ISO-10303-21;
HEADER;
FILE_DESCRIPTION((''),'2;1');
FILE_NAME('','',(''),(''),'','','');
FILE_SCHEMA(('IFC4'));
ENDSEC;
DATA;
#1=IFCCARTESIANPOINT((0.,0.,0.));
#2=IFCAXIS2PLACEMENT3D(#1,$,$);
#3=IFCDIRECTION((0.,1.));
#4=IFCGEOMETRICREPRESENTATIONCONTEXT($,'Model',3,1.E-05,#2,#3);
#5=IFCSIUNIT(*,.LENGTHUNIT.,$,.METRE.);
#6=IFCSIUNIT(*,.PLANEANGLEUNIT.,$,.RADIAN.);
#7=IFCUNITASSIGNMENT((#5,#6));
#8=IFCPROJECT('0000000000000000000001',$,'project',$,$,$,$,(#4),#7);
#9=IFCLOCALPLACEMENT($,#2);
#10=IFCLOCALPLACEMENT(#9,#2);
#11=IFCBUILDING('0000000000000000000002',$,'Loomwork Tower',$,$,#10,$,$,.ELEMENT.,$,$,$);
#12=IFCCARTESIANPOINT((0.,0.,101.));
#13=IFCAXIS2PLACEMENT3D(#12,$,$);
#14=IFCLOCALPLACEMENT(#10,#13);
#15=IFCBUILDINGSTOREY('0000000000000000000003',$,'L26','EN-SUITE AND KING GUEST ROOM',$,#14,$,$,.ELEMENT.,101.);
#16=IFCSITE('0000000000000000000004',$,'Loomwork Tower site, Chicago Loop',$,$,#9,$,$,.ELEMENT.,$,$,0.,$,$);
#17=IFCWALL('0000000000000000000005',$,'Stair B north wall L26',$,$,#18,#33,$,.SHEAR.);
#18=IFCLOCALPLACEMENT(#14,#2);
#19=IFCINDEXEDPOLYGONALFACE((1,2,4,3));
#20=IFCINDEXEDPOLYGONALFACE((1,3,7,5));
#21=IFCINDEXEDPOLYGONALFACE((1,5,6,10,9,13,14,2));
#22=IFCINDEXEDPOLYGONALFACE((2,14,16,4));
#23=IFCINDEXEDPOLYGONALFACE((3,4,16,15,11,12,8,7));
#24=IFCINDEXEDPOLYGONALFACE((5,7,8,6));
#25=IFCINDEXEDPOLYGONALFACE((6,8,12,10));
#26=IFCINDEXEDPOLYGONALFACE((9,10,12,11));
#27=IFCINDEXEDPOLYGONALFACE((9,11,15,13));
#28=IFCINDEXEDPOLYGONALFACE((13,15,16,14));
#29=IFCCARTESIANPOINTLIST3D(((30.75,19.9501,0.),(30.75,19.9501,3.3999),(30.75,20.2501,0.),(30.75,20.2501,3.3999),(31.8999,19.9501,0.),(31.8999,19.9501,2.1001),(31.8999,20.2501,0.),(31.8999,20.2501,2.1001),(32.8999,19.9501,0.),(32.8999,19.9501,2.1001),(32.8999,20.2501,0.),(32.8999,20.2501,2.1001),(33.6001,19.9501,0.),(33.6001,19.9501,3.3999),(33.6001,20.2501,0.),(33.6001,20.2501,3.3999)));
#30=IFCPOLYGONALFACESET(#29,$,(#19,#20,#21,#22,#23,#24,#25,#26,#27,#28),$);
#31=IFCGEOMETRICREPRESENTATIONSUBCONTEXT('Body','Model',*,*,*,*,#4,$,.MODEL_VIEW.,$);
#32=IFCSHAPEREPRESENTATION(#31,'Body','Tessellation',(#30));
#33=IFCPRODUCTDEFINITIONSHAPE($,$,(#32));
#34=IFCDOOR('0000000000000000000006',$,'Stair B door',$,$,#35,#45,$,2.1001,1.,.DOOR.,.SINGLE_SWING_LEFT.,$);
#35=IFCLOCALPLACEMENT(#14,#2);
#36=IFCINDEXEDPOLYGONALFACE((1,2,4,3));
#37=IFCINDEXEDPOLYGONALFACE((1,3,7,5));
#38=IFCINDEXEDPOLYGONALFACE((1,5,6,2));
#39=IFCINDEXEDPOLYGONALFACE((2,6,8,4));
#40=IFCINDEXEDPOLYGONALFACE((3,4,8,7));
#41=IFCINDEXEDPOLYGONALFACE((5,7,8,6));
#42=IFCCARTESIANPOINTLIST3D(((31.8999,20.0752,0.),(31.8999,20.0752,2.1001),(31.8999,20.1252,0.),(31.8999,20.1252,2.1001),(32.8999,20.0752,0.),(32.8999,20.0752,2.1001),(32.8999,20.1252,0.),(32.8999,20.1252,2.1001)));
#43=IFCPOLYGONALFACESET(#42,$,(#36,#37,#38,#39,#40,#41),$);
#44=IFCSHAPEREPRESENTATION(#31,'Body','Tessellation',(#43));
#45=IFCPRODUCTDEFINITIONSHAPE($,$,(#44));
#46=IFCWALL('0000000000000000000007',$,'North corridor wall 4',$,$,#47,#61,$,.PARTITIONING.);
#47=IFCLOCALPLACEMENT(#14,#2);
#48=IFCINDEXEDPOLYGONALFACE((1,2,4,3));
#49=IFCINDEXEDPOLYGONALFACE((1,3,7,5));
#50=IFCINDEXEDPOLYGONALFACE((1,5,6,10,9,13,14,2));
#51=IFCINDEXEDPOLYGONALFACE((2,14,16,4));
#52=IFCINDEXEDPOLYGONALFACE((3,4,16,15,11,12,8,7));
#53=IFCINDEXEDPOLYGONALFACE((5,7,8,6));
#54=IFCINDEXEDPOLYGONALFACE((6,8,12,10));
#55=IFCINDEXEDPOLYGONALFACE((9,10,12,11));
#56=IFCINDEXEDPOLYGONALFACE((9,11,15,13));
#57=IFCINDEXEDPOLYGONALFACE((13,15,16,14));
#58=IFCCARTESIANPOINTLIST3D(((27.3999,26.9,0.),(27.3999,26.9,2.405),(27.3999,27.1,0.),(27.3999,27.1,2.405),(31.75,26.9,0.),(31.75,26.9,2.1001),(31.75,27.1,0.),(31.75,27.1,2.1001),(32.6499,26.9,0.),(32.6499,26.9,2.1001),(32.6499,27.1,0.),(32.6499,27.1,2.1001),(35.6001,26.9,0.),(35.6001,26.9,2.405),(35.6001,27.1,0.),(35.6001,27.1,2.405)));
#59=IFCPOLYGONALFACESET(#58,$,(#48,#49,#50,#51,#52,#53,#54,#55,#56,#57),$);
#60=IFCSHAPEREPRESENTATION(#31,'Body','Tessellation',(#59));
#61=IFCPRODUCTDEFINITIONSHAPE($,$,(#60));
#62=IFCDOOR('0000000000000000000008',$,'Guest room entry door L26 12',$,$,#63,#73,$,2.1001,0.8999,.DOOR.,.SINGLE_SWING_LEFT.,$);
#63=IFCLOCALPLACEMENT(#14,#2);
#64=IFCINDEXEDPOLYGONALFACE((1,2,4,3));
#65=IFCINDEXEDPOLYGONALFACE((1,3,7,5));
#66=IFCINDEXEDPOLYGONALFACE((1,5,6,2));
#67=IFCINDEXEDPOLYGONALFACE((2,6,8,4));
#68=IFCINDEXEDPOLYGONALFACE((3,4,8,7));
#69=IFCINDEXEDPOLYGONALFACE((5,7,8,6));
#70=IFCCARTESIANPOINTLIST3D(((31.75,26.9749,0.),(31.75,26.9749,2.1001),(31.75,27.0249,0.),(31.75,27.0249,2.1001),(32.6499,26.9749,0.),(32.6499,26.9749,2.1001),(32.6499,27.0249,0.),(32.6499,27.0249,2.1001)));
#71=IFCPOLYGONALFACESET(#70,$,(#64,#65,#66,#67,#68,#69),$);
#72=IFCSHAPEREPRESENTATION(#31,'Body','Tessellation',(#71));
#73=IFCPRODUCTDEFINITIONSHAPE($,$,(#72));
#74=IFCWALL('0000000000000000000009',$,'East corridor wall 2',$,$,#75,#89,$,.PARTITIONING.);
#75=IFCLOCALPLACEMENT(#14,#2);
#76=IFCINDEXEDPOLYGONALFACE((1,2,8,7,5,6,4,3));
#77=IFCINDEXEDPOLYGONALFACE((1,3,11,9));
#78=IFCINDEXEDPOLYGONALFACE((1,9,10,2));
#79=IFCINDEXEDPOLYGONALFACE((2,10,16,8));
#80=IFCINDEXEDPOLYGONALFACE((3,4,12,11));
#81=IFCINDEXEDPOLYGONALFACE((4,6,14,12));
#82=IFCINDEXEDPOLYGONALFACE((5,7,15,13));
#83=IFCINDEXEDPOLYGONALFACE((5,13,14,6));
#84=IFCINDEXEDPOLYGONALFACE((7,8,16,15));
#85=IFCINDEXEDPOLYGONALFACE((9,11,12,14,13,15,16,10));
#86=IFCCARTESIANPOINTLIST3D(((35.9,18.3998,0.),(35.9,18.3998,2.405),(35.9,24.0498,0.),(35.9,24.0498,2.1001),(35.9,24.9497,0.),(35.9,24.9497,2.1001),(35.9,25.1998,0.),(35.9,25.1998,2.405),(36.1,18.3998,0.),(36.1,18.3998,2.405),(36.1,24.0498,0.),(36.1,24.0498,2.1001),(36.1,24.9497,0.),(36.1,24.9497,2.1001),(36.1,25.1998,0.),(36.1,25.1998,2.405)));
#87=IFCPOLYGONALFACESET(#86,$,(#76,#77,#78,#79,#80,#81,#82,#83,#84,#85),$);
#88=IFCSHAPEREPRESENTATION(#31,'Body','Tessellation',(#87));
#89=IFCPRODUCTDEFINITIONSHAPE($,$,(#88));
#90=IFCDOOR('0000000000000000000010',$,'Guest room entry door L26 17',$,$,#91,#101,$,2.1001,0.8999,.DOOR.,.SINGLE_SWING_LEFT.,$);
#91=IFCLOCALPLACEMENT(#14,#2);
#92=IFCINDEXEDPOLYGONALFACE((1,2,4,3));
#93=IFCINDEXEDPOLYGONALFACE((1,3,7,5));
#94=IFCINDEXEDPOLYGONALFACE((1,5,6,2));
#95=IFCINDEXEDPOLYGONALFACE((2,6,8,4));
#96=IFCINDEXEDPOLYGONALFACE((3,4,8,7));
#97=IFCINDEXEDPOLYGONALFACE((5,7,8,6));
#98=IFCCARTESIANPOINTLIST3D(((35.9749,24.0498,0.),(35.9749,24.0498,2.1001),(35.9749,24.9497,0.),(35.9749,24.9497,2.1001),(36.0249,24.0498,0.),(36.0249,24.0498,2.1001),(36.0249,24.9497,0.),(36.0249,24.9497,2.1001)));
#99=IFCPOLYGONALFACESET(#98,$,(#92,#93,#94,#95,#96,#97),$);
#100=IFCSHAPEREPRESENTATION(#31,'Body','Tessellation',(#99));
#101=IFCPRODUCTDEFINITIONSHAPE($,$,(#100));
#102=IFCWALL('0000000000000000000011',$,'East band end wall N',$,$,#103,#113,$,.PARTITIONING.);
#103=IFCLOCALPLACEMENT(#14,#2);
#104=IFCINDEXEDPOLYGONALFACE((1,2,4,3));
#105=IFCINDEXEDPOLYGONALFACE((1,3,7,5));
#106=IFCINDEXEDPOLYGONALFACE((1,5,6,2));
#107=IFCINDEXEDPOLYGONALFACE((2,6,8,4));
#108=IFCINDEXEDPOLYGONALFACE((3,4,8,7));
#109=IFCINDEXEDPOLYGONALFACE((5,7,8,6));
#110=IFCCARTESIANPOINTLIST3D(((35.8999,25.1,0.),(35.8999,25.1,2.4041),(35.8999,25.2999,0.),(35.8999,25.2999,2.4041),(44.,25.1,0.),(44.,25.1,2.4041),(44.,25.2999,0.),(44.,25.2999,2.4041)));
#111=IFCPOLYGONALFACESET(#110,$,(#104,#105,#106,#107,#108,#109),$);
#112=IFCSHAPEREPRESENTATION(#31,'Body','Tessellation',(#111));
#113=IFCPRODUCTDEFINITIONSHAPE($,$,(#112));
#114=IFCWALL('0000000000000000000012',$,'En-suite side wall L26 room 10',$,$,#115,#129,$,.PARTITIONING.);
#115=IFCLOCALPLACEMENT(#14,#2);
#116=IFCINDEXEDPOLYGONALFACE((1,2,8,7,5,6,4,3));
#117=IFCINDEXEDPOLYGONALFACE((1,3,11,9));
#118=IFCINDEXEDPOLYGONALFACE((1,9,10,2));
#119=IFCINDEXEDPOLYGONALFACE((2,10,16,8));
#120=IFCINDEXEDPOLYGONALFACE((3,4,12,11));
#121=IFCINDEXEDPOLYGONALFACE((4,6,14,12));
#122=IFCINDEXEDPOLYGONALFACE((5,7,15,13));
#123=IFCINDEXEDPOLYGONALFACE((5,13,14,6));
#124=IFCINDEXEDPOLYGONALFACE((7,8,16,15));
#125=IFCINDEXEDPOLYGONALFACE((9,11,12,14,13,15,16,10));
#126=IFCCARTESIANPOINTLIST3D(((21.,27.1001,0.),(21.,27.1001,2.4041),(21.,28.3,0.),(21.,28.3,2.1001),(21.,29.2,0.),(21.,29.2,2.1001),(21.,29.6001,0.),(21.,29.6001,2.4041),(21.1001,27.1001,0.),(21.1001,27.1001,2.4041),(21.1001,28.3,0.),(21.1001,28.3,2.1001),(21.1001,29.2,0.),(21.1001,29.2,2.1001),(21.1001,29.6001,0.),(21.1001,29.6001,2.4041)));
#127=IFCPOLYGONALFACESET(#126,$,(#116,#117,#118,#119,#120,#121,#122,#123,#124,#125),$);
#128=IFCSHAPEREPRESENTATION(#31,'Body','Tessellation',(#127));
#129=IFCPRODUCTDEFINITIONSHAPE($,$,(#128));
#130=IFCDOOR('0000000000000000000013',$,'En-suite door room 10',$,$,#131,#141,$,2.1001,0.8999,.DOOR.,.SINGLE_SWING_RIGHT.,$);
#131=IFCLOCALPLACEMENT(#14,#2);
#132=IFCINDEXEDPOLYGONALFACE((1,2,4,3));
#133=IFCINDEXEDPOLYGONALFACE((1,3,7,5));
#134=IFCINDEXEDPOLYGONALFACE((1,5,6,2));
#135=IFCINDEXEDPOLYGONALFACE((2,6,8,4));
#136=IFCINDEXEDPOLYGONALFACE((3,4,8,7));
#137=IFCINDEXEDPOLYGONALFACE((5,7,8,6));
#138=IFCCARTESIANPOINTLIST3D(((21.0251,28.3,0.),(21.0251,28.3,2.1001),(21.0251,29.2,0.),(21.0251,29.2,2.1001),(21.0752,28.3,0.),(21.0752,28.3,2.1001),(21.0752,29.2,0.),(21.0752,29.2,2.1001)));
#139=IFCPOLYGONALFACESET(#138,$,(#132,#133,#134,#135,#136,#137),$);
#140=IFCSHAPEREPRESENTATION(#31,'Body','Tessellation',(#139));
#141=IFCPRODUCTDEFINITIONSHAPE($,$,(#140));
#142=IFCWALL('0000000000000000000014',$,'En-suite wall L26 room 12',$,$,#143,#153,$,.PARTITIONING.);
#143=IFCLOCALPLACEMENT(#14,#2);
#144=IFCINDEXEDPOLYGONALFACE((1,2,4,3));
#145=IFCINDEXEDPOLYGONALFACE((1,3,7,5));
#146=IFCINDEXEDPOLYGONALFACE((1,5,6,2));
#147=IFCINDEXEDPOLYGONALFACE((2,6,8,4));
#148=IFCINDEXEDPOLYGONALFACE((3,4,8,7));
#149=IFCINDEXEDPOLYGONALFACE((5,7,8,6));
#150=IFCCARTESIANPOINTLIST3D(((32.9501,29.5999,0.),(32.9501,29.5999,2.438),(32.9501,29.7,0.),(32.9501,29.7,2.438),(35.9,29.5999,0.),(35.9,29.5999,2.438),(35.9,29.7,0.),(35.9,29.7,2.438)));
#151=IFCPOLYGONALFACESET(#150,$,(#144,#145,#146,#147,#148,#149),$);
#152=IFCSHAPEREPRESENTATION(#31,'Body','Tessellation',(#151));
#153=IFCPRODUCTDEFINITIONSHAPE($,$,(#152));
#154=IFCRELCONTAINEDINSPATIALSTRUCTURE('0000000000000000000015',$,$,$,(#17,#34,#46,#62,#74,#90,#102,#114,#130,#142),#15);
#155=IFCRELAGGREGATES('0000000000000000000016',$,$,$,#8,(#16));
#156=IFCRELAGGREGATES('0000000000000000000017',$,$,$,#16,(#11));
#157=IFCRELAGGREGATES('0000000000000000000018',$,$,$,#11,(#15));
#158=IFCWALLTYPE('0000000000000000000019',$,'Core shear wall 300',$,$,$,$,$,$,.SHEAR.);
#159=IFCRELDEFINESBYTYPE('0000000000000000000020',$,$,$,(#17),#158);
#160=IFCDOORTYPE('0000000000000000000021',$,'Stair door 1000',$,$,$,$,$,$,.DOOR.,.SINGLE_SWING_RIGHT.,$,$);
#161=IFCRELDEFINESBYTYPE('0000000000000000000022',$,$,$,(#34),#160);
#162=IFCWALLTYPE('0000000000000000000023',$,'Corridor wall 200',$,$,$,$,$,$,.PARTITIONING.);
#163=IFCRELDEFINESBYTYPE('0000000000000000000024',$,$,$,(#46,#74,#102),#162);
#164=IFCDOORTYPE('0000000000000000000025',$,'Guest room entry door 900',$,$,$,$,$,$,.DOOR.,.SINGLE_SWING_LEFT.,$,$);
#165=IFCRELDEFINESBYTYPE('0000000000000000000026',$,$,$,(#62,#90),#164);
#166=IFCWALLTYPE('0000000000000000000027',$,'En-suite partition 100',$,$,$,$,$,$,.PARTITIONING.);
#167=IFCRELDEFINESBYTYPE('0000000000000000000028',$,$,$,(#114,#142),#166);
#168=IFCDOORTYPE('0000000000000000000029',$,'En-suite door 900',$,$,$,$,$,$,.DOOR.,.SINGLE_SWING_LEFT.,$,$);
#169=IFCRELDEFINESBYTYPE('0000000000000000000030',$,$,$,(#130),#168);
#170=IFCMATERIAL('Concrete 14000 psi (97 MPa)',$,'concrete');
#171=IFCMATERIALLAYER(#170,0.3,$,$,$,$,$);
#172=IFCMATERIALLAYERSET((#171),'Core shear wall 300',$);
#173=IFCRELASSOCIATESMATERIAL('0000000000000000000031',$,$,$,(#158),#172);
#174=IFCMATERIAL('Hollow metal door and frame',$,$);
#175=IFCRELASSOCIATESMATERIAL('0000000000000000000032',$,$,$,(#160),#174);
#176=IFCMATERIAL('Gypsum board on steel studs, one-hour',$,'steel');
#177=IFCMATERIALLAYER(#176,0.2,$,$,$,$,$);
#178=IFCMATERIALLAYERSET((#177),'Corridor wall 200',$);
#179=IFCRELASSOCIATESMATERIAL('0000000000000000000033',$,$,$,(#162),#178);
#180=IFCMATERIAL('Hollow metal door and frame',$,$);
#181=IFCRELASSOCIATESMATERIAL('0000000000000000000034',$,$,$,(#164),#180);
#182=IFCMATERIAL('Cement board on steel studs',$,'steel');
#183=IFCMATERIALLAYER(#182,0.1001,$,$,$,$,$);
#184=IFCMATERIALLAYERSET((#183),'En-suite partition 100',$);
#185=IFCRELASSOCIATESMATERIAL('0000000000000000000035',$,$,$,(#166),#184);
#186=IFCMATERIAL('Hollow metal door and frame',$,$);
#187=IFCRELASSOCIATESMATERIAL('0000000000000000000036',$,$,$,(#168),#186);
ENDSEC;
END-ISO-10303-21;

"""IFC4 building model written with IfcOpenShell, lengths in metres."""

from ifc_helpers import new_model, si_unit, direction, frame, frame_2d, origin, place, context, subcontext, project, spatial, rectangle, extrude, material, layer, layer_set, type_object, element, fill, save


model = new_model("IFC4")

# Units and contexts
model_context = context("Model", 3, precision=1e-05, world=origin(), true_north=direction((0.0, 1.0)))
body_context = subcontext(model_context, "Body", "Model", "MODEL_VIEW")
ifc_project = project(units=[si_unit("LENGTHUNIT", "METRE"), si_unit("PLANEANGLEUNIT", "RADIAN")], contexts=[model_context])

# Site, building, storey
site_placement = place(None, origin())
site = spatial("IfcSite", under=ifc_project, at=site_placement, Name="Loomwork Tower site, Chicago Loop", CompositionType="ELEMENT", RefElevation=0.0)
building_placement = place(site_placement, origin())
building = spatial("IfcBuilding", under=site, at=building_placement, Name="Loomwork Tower", CompositionType="ELEMENT")
storey_placement = place(building_placement, frame((0.0, 0.0, 101.0)))
storey = spatial("IfcBuildingStorey", under=building, at=storey_placement, Name="L26", Description="EN-SUITE AND KING GUEST ROOM", CompositionType="ELEMENT", Elevation=101.0)

# Shared definitions
ifc_material_1 = material(Name="Concrete 14000 psi (97 MPa)", Category="concrete")
ifc_layer_1 = layer(ifc_material_1, 0.3)
ifc_layer_set_1 = layer_set([ifc_layer_1], Name="Core shear wall 300")
wall_type_1 = type_object("IfcWallType", Name="Core shear wall 300", PredefinedType="SHEAR", material=ifc_layer_set_1)

# Walls, openings, doors
wall_1_placement = place(storey_placement, frame((30.75, 20.1001, 0.0), z_axis=(0.0, 0.0, 1.0), x_axis=(1.0, 0.0, 0.0)))
wall_1 = element("IfcWall", 1, at=wall_1_placement, inside=storey, type_object=wall_type_1, Name="Stair B north wall L26", PredefinedType="SHEAR", context=body_context, shape_type="SweptSolid", body=[
    extrude(rectangle(XDim=2.8501, YDim=0.3, at=frame_2d((1.425, 0.0))), origin(), (0.0, 0.0, 1.0), 3.3999),
])
opening_1_placement = place(wall_1_placement, frame((1.1499, 0.0, 0.0)))
opening_1 = element("IfcOpeningElement", 2, at=opening_1_placement, cuts=wall_1, PredefinedType="OPENING", context=body_context, shape_type="SweptSolid", body=[
    extrude(rectangle(XDim=1.0, YDim=2.1001, at=frame_2d((0.5, 1.05))), frame((0.0, 0.1599, 0.0), z_axis=(0.0, -1.0, 0.0), x_axis=(1.0, 0.0, 0.0)), (0.0, 0.0, 1.0), 0.3201),
])
ifc_material_2 = material(Name="Hollow metal door and frame")
door_type_1 = type_object("IfcDoorType", Name="Stair door 1000", OperationType="SINGLE_SWING_RIGHT", PredefinedType="DOOR", material=ifc_material_2)
door_1_placement = place(opening_1_placement, frame((1.0, 0.0, 0.0), z_axis=(0.0, 0.0, 1.0), x_axis=(-1.0, 0.0, 0.0)))
door_1 = element("IfcDoor", 3, at=door_1_placement, inside=storey, type_object=door_type_1, Name="Stair B door", OperationType="SINGLE_SWING_LEFT", OverallHeight=2.1001, OverallWidth=1.0, PredefinedType="DOOR", context=body_context, shape_type="SweptSolid", body=[
    extrude(rectangle(XDim=1.0, YDim=2.1001, at=frame_2d((0.5, 1.05))), frame((0.0, 0.0249, 0.0), z_axis=(0.0, -1.0, 0.0), x_axis=(1.0, 0.0, 0.0)), (0.0, 0.0, 1.0), 0.05),
])
fill(opening_1, door_1)
ifc_material_3 = material(Name="Gypsum board on steel studs, one-hour", Category="steel")
ifc_layer_2 = layer(ifc_material_3, 0.2)
ifc_layer_set_2 = layer_set([ifc_layer_2], Name="Corridor wall 200")
wall_type_2 = type_object("IfcWallType", Name="Corridor wall 200", PredefinedType="PARTITIONING", material=ifc_layer_set_2)
wall_2_placement = place(storey_placement, frame((27.3999, 27.0, 0.0), z_axis=(0.0, 0.0, 1.0), x_axis=(1.0, 0.0, 0.0)))
wall_2 = element("IfcWall", 4, at=wall_2_placement, inside=storey, type_object=wall_type_2, Name="North corridor wall 4", PredefinedType="PARTITIONING", context=body_context, shape_type="SweptSolid", body=[
    extrude(rectangle(XDim=8.2002, YDim=0.2, at=frame_2d((4.1001, 0.0))), origin(), (0.0, 0.0, 1.0), 2.405),
])
opening_2_placement = place(wall_2_placement, frame((4.3501, 0.0, 0.0)))
opening_2 = element("IfcOpeningElement", 5, at=opening_2_placement, cuts=wall_2, PredefinedType="OPENING", context=body_context, shape_type="SweptSolid", body=[
    extrude(rectangle(XDim=0.8999, YDim=2.1001, at=frame_2d((0.45, 1.05))), frame((0.0, 0.1099, 0.0), z_axis=(0.0, -1.0, 0.0), x_axis=(1.0, 0.0, 0.0)), (0.0, 0.0, 1.0), 0.22),
])
ifc_material_4 = material(Name="Hollow metal door and frame")
door_type_2 = type_object("IfcDoorType", Name="Guest room entry door 900", OperationType="SINGLE_SWING_LEFT", PredefinedType="DOOR", material=ifc_material_4)
door_2_placement = place(opening_2_placement, origin())
door_2 = element("IfcDoor", 6, at=door_2_placement, inside=storey, type_object=door_type_2, Name="Guest room entry door L26 12", OperationType="SINGLE_SWING_LEFT", OverallHeight=2.1001, OverallWidth=0.8999, PredefinedType="DOOR", context=body_context, shape_type="SweptSolid", body=[
    extrude(rectangle(XDim=0.8999, YDim=2.1001, at=frame_2d((0.45, 1.05))), frame((0.0, 0.0249, 0.0), z_axis=(0.0, -1.0, 0.0), x_axis=(1.0, 0.0, 0.0)), (0.0, 0.0, 1.0), 0.05),
])
fill(opening_2, door_2)
wall_3_placement = place(storey_placement, frame((36.0, 18.3999, 0.0), z_axis=(0.0, 0.0, 1.0), x_axis=(0.0, 1.0, 0.0)))
wall_3 = element("IfcWall", 7, at=wall_3_placement, inside=storey, type_object=wall_type_2, Name="East corridor wall 2", PredefinedType="PARTITIONING", context=body_context, shape_type="SweptSolid", body=[
    extrude(rectangle(XDim=6.8, YDim=0.2, at=frame_2d((3.3999, 0.0))), origin(), (0.0, 0.0, 1.0), 2.405),
])
opening_3_placement = place(wall_3_placement, frame((5.6499, 0.0, 0.0)))
opening_3 = element("IfcOpeningElement", 8, at=opening_3_placement, cuts=wall_3, PredefinedType="OPENING", context=body_context, shape_type="SweptSolid", body=[
    extrude(rectangle(XDim=0.8999, YDim=2.1001, at=frame_2d((0.45, 1.05))), frame((0.0, 0.1099, 0.0), z_axis=(0.0, -1.0, 0.0), x_axis=(1.0, 0.0, 0.0)), (0.0, 0.0, 1.0), 0.22),
])
door_3_placement = place(opening_3_placement, frame((0.8999, 0.0, 0.0), z_axis=(0.0, 0.0, 1.0), x_axis=(-1.0, 0.0, 0.0)))
door_3 = element("IfcDoor", 9, at=door_3_placement, inside=storey, type_object=door_type_2, Name="Guest room entry door L26 17", OperationType="SINGLE_SWING_LEFT", OverallHeight=2.1001, OverallWidth=0.8999, PredefinedType="DOOR", context=body_context, shape_type="SweptSolid", body=[
    extrude(rectangle(XDim=0.8999, YDim=2.1001, at=frame_2d((0.45, 1.05))), frame((0.0, 0.0249, 0.0), z_axis=(0.0, -1.0, 0.0), x_axis=(1.0, 0.0, 0.0)), (0.0, 0.0, 1.0), 0.05),
])
fill(opening_3, door_3)

# Wall
wall_4_placement = place(storey_placement, frame((35.8999, 25.2, 0.0), z_axis=(0.0, 0.0, 1.0), x_axis=(1.0, 0.0, 0.0)))
element("IfcWall", 10, at=wall_4_placement, inside=storey, type_object=wall_type_2, Name="East band end wall N", PredefinedType="PARTITIONING", context=body_context, shape_type="SweptSolid", body=[
    extrude(rectangle(XDim=8.1001, YDim=0.2, at=frame_2d((4.05, 0.0))), origin(), (0.0, 0.0, 1.0), 2.4041),
])

# Wall, opening, door
ifc_material_5 = material(Name="Cement board on steel studs", Category="steel")
ifc_layer_3 = layer(ifc_material_5, 0.1001)
ifc_layer_set_3 = layer_set([ifc_layer_3], Name="En-suite partition 100")
wall_type_3 = type_object("IfcWallType", Name="En-suite partition 100", PredefinedType="PARTITIONING", material=ifc_layer_set_3)
wall_5_placement = place(storey_placement, frame((21.05, 27.1001, 0.0), z_axis=(0.0, 0.0, 1.0), x_axis=(0.0, 1.0, 0.0)))
wall_5 = element("IfcWall", 11, at=wall_5_placement, inside=storey, type_object=wall_type_3, Name="En-suite side wall L26 room 10", PredefinedType="PARTITIONING", context=body_context, shape_type="SweptSolid", body=[
    extrude(rectangle(XDim=2.5, YDim=0.1001, at=frame_2d((1.25, 0.0))), origin(), (0.0, 0.0, 1.0), 2.4041),
])
opening_4_placement = place(wall_5_placement, frame((1.2, 0.0, 0.0)))
opening_4 = element("IfcOpeningElement", 12, at=opening_4_placement, cuts=wall_5, PredefinedType="OPENING", context=body_context, shape_type="SweptSolid", body=[
    extrude(rectangle(XDim=0.8999, YDim=2.1001, at=frame_2d((0.45, 1.05))), frame((0.0, 0.0601, 0.0), z_axis=(0.0, -1.0, 0.0), x_axis=(1.0, 0.0, 0.0)), (0.0, 0.0, 1.0), 0.1201),
])
ifc_material_6 = material(Name="Hollow metal door and frame")
door_type_3 = type_object("IfcDoorType", Name="En-suite door 900", OperationType="SINGLE_SWING_LEFT", PredefinedType="DOOR", material=ifc_material_6)
door_4_placement = place(opening_4_placement, origin())
door_4 = element("IfcDoor", 13, at=door_4_placement, inside=storey, type_object=door_type_3, Name="En-suite door room 10", OperationType="SINGLE_SWING_RIGHT", OverallHeight=2.1001, OverallWidth=0.8999, PredefinedType="DOOR", context=body_context, shape_type="SweptSolid", body=[
    extrude(rectangle(XDim=0.8999, YDim=2.1001, at=frame_2d((0.45, 1.05))), frame((0.0, 0.0249, 0.0), z_axis=(0.0, -1.0, 0.0), x_axis=(1.0, 0.0, 0.0)), (0.0, 0.0, 1.0), 0.05),
])
fill(opening_4, door_4)

# Wall
wall_6_placement = place(storey_placement, frame((32.95, 29.6499, 0.0), z_axis=(0.0, 0.0, 1.0), x_axis=(1.0, 0.0, 0.0)))
element("IfcWall", 14, at=wall_6_placement, inside=storey, type_object=wall_type_3, Name="En-suite wall L26 room 12", PredefinedType="PARTITIONING", context=body_context, shape_type="SweptSolid", body=[
    extrude(rectangle(XDim=2.95, YDim=0.1001, at=frame_2d((1.4751, 0.0))), origin(), (0.0, 0.0, 1.0), 2.438),
])

save(model, "model.ifc")
